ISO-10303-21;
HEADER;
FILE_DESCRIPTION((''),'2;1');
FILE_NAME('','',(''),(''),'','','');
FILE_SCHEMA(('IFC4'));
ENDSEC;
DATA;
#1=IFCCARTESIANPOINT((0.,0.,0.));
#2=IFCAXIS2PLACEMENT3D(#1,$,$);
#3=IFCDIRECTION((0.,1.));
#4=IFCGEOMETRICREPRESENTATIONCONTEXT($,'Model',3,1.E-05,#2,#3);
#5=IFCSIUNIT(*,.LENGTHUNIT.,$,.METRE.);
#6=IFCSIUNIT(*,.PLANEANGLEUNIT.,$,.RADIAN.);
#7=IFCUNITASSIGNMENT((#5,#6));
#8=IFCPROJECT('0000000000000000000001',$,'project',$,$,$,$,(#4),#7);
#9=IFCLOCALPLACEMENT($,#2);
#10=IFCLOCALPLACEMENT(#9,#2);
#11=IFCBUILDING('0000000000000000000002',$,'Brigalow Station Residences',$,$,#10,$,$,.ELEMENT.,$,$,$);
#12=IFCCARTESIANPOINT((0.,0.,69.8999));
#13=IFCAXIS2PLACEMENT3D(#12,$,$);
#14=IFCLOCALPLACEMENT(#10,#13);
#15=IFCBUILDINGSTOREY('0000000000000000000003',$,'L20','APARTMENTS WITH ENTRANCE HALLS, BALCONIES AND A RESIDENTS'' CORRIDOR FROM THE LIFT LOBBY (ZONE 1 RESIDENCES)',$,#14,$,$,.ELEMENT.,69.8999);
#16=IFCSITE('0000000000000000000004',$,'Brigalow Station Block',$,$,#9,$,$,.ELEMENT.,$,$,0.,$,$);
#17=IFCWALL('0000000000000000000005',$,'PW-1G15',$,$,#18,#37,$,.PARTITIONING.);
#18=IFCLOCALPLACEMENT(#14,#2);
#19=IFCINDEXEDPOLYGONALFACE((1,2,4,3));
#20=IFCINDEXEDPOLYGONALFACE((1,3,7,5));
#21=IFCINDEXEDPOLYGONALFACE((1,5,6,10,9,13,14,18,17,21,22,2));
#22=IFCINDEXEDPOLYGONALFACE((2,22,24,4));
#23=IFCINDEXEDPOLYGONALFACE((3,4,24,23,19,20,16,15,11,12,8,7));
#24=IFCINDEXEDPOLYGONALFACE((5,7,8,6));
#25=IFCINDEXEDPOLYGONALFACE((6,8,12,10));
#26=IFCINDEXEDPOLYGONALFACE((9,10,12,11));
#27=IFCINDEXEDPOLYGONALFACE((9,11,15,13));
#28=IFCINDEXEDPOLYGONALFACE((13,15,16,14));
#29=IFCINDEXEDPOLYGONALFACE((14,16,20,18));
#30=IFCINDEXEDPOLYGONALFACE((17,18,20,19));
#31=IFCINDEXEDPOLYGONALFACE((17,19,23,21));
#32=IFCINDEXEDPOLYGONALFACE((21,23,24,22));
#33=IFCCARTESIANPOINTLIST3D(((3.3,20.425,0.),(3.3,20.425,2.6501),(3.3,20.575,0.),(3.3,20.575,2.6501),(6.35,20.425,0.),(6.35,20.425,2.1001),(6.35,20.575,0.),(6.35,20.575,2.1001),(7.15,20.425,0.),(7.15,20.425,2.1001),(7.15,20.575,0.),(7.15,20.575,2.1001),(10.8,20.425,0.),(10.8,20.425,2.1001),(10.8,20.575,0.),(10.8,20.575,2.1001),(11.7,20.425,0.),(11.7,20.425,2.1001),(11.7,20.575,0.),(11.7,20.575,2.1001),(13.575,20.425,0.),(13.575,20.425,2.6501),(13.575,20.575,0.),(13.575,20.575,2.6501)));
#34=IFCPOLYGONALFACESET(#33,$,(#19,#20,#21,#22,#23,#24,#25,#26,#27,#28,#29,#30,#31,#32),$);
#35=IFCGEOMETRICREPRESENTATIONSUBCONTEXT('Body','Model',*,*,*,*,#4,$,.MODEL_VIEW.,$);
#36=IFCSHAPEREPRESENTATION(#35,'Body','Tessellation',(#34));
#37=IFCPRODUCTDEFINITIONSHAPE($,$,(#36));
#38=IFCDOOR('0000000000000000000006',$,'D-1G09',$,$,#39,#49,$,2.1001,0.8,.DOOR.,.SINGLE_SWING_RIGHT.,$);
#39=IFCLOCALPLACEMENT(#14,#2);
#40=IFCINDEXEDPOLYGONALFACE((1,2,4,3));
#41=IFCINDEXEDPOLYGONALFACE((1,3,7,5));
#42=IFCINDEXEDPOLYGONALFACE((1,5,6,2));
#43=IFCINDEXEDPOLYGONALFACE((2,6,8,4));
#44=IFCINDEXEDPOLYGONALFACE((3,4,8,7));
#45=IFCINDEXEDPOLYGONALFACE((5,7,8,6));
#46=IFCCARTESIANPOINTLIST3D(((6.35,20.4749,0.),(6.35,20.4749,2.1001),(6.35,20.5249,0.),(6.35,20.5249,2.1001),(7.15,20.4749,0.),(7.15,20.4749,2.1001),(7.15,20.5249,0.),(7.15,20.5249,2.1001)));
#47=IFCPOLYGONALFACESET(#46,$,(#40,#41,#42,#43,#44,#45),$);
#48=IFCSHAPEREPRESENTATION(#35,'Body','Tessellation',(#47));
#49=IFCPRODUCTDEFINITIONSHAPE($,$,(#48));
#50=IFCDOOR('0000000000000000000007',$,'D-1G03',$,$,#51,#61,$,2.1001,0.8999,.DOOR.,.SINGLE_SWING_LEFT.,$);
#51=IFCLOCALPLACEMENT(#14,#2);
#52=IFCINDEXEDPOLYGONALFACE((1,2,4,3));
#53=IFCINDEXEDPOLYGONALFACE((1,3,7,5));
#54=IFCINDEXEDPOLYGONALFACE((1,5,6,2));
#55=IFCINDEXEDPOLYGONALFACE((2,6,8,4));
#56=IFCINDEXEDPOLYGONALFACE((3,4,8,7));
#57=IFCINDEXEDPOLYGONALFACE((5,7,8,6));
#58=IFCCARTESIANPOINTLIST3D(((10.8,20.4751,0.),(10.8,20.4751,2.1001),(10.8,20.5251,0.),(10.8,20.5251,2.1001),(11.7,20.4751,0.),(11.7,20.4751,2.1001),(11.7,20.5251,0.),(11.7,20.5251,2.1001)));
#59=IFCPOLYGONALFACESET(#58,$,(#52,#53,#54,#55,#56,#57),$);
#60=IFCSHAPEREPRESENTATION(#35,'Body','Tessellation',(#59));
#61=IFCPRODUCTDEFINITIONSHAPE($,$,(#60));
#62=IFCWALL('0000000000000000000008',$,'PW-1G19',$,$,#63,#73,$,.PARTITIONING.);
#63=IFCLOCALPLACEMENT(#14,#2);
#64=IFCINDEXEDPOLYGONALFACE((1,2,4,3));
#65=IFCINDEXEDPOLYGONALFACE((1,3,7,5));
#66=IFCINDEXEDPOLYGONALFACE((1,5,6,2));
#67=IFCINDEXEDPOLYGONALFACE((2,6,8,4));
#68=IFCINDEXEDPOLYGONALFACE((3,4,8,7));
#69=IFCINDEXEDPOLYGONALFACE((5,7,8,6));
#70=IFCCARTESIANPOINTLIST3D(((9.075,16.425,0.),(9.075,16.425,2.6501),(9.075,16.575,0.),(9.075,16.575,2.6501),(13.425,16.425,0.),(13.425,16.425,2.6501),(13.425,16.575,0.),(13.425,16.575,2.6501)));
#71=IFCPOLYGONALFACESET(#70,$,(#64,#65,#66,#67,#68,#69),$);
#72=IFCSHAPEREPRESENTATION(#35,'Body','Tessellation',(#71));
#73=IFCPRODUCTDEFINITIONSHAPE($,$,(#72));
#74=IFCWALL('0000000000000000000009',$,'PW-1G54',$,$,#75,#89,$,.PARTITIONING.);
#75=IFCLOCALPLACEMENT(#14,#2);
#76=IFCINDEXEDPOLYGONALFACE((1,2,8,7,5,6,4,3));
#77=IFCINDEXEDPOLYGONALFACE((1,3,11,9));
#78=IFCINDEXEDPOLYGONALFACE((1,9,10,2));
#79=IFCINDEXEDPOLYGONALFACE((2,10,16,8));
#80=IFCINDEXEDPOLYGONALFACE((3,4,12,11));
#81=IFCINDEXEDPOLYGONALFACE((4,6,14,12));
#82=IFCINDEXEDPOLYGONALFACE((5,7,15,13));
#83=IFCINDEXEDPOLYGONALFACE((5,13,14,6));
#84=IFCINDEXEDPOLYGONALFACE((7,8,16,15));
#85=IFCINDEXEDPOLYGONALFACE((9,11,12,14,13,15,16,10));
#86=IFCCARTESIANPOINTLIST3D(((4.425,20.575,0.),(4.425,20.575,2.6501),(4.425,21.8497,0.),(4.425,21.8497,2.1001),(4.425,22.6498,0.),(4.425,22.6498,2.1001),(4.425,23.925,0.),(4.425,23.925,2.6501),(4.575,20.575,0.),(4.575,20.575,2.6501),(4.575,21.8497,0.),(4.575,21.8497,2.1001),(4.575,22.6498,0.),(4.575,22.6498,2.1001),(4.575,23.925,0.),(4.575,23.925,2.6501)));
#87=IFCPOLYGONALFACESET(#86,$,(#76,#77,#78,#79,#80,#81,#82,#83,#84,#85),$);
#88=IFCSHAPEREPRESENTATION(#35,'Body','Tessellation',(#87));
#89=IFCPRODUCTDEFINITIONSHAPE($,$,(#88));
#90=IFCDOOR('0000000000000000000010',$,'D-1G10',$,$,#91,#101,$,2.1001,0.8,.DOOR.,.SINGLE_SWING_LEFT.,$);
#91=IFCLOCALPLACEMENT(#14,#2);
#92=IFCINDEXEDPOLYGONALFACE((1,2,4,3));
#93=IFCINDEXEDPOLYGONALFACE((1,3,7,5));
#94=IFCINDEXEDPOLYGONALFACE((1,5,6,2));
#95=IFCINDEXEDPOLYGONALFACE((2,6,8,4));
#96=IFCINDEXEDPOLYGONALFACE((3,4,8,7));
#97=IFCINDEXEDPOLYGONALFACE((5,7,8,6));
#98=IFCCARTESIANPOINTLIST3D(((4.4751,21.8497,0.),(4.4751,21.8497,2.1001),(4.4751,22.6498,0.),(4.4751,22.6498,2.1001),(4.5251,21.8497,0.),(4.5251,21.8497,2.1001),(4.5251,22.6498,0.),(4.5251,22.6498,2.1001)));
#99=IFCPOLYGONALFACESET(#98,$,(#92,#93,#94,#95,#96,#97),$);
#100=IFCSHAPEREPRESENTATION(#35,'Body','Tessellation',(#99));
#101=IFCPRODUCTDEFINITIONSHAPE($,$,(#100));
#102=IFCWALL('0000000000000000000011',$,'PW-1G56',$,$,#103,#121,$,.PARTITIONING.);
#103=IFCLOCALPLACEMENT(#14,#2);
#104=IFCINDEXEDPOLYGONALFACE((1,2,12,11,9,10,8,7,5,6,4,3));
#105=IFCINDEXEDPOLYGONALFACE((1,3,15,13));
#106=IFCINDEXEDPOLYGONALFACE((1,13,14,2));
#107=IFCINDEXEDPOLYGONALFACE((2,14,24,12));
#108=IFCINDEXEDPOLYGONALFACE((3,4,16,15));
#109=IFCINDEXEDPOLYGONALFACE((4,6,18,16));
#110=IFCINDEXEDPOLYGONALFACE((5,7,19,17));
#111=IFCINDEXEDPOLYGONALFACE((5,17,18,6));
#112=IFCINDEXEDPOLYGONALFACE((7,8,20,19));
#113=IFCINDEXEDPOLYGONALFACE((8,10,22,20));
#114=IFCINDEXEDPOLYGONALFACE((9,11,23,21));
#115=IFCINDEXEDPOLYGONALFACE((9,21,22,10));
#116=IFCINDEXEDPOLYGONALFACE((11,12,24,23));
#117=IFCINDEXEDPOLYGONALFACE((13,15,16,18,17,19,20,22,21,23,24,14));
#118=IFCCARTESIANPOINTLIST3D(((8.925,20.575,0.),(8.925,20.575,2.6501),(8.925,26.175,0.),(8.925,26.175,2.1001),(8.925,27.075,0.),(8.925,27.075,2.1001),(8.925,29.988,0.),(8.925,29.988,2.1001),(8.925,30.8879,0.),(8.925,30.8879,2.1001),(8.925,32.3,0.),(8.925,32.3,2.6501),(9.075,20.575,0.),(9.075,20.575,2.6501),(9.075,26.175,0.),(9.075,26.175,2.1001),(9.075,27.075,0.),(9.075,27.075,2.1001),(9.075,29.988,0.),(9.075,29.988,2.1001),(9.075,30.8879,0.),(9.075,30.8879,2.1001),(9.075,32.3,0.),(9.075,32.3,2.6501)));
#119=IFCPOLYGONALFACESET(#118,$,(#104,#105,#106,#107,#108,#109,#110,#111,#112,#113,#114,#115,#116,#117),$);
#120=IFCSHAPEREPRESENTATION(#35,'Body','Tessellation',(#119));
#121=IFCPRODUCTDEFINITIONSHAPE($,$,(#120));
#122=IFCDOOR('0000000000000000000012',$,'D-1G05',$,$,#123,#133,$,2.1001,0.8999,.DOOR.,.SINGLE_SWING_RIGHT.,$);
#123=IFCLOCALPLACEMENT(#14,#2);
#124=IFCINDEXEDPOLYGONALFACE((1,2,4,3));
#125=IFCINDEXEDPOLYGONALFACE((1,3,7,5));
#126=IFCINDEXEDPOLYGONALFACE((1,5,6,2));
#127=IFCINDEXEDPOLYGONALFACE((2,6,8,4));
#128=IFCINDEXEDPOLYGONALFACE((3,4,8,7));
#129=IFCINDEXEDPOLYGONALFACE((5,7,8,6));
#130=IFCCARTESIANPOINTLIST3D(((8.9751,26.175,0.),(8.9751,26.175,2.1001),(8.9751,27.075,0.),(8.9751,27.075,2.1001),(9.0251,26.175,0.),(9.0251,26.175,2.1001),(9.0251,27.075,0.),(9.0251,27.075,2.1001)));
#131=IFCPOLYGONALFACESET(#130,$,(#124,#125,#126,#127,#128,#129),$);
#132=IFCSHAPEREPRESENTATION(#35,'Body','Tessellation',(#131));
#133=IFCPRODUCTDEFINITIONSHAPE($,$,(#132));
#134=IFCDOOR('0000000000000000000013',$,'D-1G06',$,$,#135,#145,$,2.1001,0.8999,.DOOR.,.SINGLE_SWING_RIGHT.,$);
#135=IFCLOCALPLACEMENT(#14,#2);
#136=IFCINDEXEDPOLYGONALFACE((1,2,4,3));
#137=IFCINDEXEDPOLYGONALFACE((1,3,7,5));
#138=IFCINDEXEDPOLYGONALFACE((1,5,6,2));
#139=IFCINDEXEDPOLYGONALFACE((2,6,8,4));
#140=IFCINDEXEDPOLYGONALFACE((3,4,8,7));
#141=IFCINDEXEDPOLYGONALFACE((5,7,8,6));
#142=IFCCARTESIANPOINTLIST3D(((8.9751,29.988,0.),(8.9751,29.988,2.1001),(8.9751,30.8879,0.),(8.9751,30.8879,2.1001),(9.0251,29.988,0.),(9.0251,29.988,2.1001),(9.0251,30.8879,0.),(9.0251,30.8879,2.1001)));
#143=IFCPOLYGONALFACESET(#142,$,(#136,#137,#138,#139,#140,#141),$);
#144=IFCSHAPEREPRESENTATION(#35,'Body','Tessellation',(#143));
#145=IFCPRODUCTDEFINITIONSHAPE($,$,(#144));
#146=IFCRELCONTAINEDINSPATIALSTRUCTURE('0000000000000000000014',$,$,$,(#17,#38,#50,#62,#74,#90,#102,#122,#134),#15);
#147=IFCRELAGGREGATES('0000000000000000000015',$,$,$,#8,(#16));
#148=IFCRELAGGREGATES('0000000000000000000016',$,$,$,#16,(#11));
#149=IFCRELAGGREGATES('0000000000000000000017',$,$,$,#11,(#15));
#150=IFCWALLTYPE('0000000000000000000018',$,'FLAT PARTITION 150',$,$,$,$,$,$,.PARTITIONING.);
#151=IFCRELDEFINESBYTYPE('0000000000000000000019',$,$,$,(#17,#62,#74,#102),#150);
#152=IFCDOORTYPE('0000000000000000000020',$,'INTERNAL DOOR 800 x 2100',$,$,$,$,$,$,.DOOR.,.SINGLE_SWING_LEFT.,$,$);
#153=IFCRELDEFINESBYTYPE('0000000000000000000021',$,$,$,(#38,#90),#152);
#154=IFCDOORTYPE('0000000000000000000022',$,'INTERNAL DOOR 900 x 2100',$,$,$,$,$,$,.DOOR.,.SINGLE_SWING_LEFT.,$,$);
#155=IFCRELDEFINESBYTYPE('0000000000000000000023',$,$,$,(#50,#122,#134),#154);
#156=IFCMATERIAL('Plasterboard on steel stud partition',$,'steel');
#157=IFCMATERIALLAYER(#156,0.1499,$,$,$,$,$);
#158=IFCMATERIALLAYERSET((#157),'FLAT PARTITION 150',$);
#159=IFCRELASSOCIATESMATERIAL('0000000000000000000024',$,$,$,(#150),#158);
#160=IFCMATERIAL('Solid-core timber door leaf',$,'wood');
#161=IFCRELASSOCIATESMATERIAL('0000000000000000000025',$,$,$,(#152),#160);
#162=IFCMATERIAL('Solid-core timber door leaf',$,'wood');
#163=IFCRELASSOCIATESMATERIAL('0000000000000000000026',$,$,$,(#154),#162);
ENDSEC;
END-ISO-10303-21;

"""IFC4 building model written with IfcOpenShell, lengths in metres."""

from ifc_helpers import new_model, si_unit, direction, frame, frame_2d, origin, place, context, subcontext, project, spatial, rectangle, extrude, material, layer, layer_set, type_object, element, fill, save


model = new_model("IFC4")

# Units and contexts
model_context = context("Model", 3, precision=1e-05, world=origin(), true_north=direction((0.0, 1.0)))
body_context = subcontext(model_context, "Body", "Model", "MODEL_VIEW")
ifc_project = project(units=[si_unit("LENGTHUNIT", "METRE"), si_unit("PLANEANGLEUNIT", "RADIAN")], contexts=[model_context])

# Site, building, storey
site_placement = place(None, origin())
site = spatial("IfcSite", under=ifc_project, at=site_placement, Name="Brigalow Station Block", CompositionType="ELEMENT", RefElevation=0.0)
building_placement = place(site_placement, origin())
building = spatial("IfcBuilding", under=site, at=building_placement, Name="Brigalow Station Residences", CompositionType="ELEMENT")
storey_placement = place(building_placement, frame((0.0, 0.0, 69.8999)))
storey = spatial("IfcBuildingStorey", under=building, at=storey_placement, Name="L20", Description="APARTMENTS WITH ENTRANCE HALLS, BALCONIES AND A RESIDENTS' CORRIDOR FROM THE LIFT LOBBY (ZONE 1 RESIDENCES)", CompositionType="ELEMENT", Elevation=69.8999)

# Wall, openings, doors
ifc_material_1 = material(Name="Plasterboard on steel stud partition", Category="steel")
ifc_layer_1 = layer(ifc_material_1, 0.1499)
ifc_layer_set_1 = layer_set([ifc_layer_1], Name="FLAT PARTITION 150")
wall_type_1 = type_object("IfcWallType", Name="FLAT PARTITION 150", PredefinedType="PARTITIONING", material=ifc_layer_set_1)
wall_1_placement = place(storey_placement, frame((3.3, 20.5, 0.0), z_axis=(0.0, 0.0, 1.0), x_axis=(1.0, 0.0, 0.0)))
wall_1 = element("IfcWall", 1, at=wall_1_placement, inside=storey, type_object=wall_type_1, Name="PW-1G15", PredefinedType="PARTITIONING", context=body_context, shape_type="SweptSolid", body=[
    extrude(rectangle(XDim=10.2749, YDim=0.1499, at=frame_2d((5.1375, 0.0))), origin(), (0.0, 0.0, 1.0), 2.6501),
])
opening_1_placement = place(wall_1_placement, frame((7.5, 0.0, 0.0)))
opening_1 = element("IfcOpeningElement", 2, at=opening_1_placement, cuts=wall_1, PredefinedType="OPENING", context=body_context, shape_type="SweptSolid", body=[
    extrude(rectangle(XDim=0.8999, YDim=2.1001, at=frame_2d((0.45, 1.05))), frame((0.0, 0.085, 0.0), z_axis=(0.0, -1.0, 0.0), x_axis=(1.0, 0.0, 0.0)), (0.0, 0.0, 1.0), 0.1699),
])
opening_2_placement = place(wall_1_placement, frame((3.05, 0.0, 0.0)))
opening_2 = element("IfcOpeningElement", 3, at=opening_2_placement, cuts=wall_1, PredefinedType="OPENING", context=body_context, shape_type="SweptSolid", body=[
    extrude(rectangle(XDim=0.8, YDim=2.1001, at=frame_2d((0.3999, 1.05))), frame((0.0, 0.085, 0.0), z_axis=(0.0, -1.0, 0.0), x_axis=(1.0, 0.0, 0.0)), (0.0, 0.0, 1.0), 0.1699),
])
ifc_material_2 = material(Name="Solid-core timber door leaf", Category="wood")
door_type_1 = type_object("IfcDoorType", Name="INTERNAL DOOR 800 x 2100", OperationType="SINGLE_SWING_LEFT", PredefinedType="DOOR", material=ifc_material_2)
door_1_placement = place(opening_2_placement, origin())
door_1 = element("IfcDoor", 4, at=door_1_placement, inside=storey, type_object=door_type_1, Name="D-1G09", OperationType="SINGLE_SWING_RIGHT", OverallHeight=2.1001, OverallWidth=0.8, PredefinedType="DOOR", context=body_context, shape_type="SweptSolid", body=[
    extrude(rectangle(XDim=0.8, YDim=2.1001, at=frame_2d((0.3999, 1.05))), frame((0.0, 0.0249, 0.0), z_axis=(0.0, -1.0, 0.0), x_axis=(1.0, 0.0, 0.0)), (0.0, 0.0, 1.0), 0.05),
])
fill(opening_2, door_1)
ifc_material_3 = material(Name="Solid-core timber door leaf", Category="wood")
door_type_2 = type_object("IfcDoorType", Name="INTERNAL DOOR 900 x 2100", OperationType="SINGLE_SWING_LEFT", PredefinedType="DOOR", material=ifc_material_3)
door_2_placement = place(opening_1_placement, frame((0.8999, 0.0, 0.0), z_axis=(0.0, 0.0, 1.0), x_axis=(-1.0, 0.0, 0.0)))
door_2 = element("IfcDoor", 5, at=door_2_placement, inside=storey, type_object=door_type_2, Name="D-1G03", OperationType="SINGLE_SWING_LEFT", OverallHeight=2.1001, OverallWidth=0.8999, PredefinedType="DOOR", context=body_context, shape_type="SweptSolid", body=[
    extrude(rectangle(XDim=0.8999, YDim=2.1001, at=frame_2d((0.45, 1.05))), frame((0.0, 0.0249, 0.0), z_axis=(0.0, -1.0, 0.0), x_axis=(1.0, 0.0, 0.0)), (0.0, 0.0, 1.0), 0.05),
])
fill(opening_1, door_2)

# Wall
wall_2_placement = place(storey_placement, frame((9.075, 16.5, 0.0), z_axis=(0.0, 0.0, 1.0), x_axis=(1.0, 0.0, 0.0)))
element("IfcWall", 6, at=wall_2_placement, inside=storey, type_object=wall_type_1, Name="PW-1G19", PredefinedType="PARTITIONING", context=body_context, shape_type="SweptSolid", body=[
    extrude(rectangle(XDim=4.3501, YDim=0.1499, at=frame_2d((2.175, 0.0))), origin(), (0.0, 0.0, 1.0), 2.6501),
])

# Wall, opening, door
wall_3_placement = place(storey_placement, frame((4.5, 20.575, 0.0), z_axis=(0.0, 0.0, 1.0), x_axis=(0.0, 1.0, 0.0)))
wall_3 = element("IfcWall", 7, at=wall_3_placement, inside=storey, type_object=wall_type_1, Name="PW-1G54", PredefinedType="PARTITIONING", context=body_context, shape_type="SweptSolid", body=[
    extrude(rectangle(XDim=3.3501, YDim=0.1499, at=frame_2d((1.675, 0.0))), origin(), (0.0, 0.0, 1.0), 2.6501),
])
opening_3_placement = place(wall_3_placement, frame((1.2749, 0.0, 0.0)))
opening_3 = element("IfcOpeningElement", 8, at=opening_3_placement, cuts=wall_3, PredefinedType="OPENING", context=body_context, shape_type="SweptSolid", body=[
    extrude(rectangle(XDim=0.8, YDim=2.1001, at=frame_2d((0.3999, 1.05))), frame((0.0, 0.085, 0.0), z_axis=(0.0, -1.0, 0.0), x_axis=(1.0, 0.0, 0.0)), (0.0, 0.0, 1.0), 0.1699),
])
door_3_placement = place(opening_3_placement, origin())
door_3 = element("IfcDoor", 9, at=door_3_placement, inside=storey, type_object=door_type_1, Name="D-1G10", OperationType="SINGLE_SWING_LEFT", OverallHeight=2.1001, OverallWidth=0.8, PredefinedType="DOOR", context=body_context, shape_type="SweptSolid", body=[
    extrude(rectangle(XDim=0.8, YDim=2.1001, at=frame_2d((0.3999, 1.05))), frame((0.0, 0.0249, 0.0), z_axis=(0.0, -1.0, 0.0), x_axis=(1.0, 0.0, 0.0)), (0.0, 0.0, 1.0), 0.05),
])
fill(opening_3, door_3)

# Wall, openings, doors
wall_4_placement = place(storey_placement, frame((9.0, 20.575, 0.0), z_axis=(0.0, 0.0, 1.0), x_axis=(0.0, 1.0, 0.0)))
wall_4 = element("IfcWall", 10, at=wall_4_placement, inside=storey, type_object=wall_type_1, Name="PW-1G56", PredefinedType="PARTITIONING", context=body_context, shape_type="SweptSolid", body=[
    extrude(rectangle(XDim=11.7251, YDim=0.1499, at=frame_2d((5.8625, 0.0))), origin(), (0.0, 0.0, 1.0), 2.6501),
])
opening_4_placement = place(wall_4_placement, frame((5.6001, 0.0, 0.0)))
opening_4 = element("IfcOpeningElement", 11, at=opening_4_placement, cuts=wall_4, PredefinedType="OPENING", context=body_context, shape_type="SweptSolid", body=[
    extrude(rectangle(XDim=0.8999, YDim=2.1001, at=frame_2d((0.45, 1.05))), frame((0.0, 0.085, 0.0), z_axis=(0.0, -1.0, 0.0), x_axis=(1.0, 0.0, 0.0)), (0.0, 0.0, 1.0), 0.1699),
])
opening_5_placement = place(wall_4_placement, frame((9.4131, 0.0, 0.0)))
opening_5 = element("IfcOpeningElement", 12, at=opening_5_placement, cuts=wall_4, PredefinedType="OPENING", context=body_context, shape_type="SweptSolid", body=[
    extrude(rectangle(XDim=0.8999, YDim=2.1001, at=frame_2d((0.45, 1.05))), frame((0.0, 0.085, 0.0), z_axis=(0.0, -1.0, 0.0), x_axis=(1.0, 0.0, 0.0)), (0.0, 0.0, 1.0), 0.1699),
])
door_4_placement = place(opening_4_placement, origin())
door_4 = element("IfcDoor", 13, at=door_4_placement, inside=storey, type_object=door_type_2, Name="D-1G05", OperationType="SINGLE_SWING_RIGHT", OverallHeight=2.1001, OverallWidth=0.8999, PredefinedType="DOOR", context=body_context, shape_type="SweptSolid", body=[
    extrude(rectangle(XDim=0.8999, YDim=2.1001, at=frame_2d((0.45, 1.05))), frame((0.0, 0.0249, 0.0), z_axis=(0.0, -1.0, 0.0), x_axis=(1.0, 0.0, 0.0)), (0.0, 0.0, 1.0), 0.05),
])
fill(opening_4, door_4)
door_5_placement = place(opening_5_placement, origin())
door_5 = element("IfcDoor", 14, at=door_5_placement, inside=storey, type_object=door_type_2, Name="D-1G06", OperationType="SINGLE_SWING_RIGHT", OverallHeight=2.1001, OverallWidth=0.8999, PredefinedType="DOOR", context=body_context, shape_type="SweptSolid", body=[
    extrude(rectangle(XDim=0.8999, YDim=2.1001, at=frame_2d((0.45, 1.05))), frame((0.0, 0.0249, 0.0), z_axis=(0.0, -1.0, 0.0), x_axis=(1.0, 0.0, 0.0)), (0.0, 0.0, 1.0), 0.05),
])
fill(opening_5, door_5)

save(model, "model.ifc")
